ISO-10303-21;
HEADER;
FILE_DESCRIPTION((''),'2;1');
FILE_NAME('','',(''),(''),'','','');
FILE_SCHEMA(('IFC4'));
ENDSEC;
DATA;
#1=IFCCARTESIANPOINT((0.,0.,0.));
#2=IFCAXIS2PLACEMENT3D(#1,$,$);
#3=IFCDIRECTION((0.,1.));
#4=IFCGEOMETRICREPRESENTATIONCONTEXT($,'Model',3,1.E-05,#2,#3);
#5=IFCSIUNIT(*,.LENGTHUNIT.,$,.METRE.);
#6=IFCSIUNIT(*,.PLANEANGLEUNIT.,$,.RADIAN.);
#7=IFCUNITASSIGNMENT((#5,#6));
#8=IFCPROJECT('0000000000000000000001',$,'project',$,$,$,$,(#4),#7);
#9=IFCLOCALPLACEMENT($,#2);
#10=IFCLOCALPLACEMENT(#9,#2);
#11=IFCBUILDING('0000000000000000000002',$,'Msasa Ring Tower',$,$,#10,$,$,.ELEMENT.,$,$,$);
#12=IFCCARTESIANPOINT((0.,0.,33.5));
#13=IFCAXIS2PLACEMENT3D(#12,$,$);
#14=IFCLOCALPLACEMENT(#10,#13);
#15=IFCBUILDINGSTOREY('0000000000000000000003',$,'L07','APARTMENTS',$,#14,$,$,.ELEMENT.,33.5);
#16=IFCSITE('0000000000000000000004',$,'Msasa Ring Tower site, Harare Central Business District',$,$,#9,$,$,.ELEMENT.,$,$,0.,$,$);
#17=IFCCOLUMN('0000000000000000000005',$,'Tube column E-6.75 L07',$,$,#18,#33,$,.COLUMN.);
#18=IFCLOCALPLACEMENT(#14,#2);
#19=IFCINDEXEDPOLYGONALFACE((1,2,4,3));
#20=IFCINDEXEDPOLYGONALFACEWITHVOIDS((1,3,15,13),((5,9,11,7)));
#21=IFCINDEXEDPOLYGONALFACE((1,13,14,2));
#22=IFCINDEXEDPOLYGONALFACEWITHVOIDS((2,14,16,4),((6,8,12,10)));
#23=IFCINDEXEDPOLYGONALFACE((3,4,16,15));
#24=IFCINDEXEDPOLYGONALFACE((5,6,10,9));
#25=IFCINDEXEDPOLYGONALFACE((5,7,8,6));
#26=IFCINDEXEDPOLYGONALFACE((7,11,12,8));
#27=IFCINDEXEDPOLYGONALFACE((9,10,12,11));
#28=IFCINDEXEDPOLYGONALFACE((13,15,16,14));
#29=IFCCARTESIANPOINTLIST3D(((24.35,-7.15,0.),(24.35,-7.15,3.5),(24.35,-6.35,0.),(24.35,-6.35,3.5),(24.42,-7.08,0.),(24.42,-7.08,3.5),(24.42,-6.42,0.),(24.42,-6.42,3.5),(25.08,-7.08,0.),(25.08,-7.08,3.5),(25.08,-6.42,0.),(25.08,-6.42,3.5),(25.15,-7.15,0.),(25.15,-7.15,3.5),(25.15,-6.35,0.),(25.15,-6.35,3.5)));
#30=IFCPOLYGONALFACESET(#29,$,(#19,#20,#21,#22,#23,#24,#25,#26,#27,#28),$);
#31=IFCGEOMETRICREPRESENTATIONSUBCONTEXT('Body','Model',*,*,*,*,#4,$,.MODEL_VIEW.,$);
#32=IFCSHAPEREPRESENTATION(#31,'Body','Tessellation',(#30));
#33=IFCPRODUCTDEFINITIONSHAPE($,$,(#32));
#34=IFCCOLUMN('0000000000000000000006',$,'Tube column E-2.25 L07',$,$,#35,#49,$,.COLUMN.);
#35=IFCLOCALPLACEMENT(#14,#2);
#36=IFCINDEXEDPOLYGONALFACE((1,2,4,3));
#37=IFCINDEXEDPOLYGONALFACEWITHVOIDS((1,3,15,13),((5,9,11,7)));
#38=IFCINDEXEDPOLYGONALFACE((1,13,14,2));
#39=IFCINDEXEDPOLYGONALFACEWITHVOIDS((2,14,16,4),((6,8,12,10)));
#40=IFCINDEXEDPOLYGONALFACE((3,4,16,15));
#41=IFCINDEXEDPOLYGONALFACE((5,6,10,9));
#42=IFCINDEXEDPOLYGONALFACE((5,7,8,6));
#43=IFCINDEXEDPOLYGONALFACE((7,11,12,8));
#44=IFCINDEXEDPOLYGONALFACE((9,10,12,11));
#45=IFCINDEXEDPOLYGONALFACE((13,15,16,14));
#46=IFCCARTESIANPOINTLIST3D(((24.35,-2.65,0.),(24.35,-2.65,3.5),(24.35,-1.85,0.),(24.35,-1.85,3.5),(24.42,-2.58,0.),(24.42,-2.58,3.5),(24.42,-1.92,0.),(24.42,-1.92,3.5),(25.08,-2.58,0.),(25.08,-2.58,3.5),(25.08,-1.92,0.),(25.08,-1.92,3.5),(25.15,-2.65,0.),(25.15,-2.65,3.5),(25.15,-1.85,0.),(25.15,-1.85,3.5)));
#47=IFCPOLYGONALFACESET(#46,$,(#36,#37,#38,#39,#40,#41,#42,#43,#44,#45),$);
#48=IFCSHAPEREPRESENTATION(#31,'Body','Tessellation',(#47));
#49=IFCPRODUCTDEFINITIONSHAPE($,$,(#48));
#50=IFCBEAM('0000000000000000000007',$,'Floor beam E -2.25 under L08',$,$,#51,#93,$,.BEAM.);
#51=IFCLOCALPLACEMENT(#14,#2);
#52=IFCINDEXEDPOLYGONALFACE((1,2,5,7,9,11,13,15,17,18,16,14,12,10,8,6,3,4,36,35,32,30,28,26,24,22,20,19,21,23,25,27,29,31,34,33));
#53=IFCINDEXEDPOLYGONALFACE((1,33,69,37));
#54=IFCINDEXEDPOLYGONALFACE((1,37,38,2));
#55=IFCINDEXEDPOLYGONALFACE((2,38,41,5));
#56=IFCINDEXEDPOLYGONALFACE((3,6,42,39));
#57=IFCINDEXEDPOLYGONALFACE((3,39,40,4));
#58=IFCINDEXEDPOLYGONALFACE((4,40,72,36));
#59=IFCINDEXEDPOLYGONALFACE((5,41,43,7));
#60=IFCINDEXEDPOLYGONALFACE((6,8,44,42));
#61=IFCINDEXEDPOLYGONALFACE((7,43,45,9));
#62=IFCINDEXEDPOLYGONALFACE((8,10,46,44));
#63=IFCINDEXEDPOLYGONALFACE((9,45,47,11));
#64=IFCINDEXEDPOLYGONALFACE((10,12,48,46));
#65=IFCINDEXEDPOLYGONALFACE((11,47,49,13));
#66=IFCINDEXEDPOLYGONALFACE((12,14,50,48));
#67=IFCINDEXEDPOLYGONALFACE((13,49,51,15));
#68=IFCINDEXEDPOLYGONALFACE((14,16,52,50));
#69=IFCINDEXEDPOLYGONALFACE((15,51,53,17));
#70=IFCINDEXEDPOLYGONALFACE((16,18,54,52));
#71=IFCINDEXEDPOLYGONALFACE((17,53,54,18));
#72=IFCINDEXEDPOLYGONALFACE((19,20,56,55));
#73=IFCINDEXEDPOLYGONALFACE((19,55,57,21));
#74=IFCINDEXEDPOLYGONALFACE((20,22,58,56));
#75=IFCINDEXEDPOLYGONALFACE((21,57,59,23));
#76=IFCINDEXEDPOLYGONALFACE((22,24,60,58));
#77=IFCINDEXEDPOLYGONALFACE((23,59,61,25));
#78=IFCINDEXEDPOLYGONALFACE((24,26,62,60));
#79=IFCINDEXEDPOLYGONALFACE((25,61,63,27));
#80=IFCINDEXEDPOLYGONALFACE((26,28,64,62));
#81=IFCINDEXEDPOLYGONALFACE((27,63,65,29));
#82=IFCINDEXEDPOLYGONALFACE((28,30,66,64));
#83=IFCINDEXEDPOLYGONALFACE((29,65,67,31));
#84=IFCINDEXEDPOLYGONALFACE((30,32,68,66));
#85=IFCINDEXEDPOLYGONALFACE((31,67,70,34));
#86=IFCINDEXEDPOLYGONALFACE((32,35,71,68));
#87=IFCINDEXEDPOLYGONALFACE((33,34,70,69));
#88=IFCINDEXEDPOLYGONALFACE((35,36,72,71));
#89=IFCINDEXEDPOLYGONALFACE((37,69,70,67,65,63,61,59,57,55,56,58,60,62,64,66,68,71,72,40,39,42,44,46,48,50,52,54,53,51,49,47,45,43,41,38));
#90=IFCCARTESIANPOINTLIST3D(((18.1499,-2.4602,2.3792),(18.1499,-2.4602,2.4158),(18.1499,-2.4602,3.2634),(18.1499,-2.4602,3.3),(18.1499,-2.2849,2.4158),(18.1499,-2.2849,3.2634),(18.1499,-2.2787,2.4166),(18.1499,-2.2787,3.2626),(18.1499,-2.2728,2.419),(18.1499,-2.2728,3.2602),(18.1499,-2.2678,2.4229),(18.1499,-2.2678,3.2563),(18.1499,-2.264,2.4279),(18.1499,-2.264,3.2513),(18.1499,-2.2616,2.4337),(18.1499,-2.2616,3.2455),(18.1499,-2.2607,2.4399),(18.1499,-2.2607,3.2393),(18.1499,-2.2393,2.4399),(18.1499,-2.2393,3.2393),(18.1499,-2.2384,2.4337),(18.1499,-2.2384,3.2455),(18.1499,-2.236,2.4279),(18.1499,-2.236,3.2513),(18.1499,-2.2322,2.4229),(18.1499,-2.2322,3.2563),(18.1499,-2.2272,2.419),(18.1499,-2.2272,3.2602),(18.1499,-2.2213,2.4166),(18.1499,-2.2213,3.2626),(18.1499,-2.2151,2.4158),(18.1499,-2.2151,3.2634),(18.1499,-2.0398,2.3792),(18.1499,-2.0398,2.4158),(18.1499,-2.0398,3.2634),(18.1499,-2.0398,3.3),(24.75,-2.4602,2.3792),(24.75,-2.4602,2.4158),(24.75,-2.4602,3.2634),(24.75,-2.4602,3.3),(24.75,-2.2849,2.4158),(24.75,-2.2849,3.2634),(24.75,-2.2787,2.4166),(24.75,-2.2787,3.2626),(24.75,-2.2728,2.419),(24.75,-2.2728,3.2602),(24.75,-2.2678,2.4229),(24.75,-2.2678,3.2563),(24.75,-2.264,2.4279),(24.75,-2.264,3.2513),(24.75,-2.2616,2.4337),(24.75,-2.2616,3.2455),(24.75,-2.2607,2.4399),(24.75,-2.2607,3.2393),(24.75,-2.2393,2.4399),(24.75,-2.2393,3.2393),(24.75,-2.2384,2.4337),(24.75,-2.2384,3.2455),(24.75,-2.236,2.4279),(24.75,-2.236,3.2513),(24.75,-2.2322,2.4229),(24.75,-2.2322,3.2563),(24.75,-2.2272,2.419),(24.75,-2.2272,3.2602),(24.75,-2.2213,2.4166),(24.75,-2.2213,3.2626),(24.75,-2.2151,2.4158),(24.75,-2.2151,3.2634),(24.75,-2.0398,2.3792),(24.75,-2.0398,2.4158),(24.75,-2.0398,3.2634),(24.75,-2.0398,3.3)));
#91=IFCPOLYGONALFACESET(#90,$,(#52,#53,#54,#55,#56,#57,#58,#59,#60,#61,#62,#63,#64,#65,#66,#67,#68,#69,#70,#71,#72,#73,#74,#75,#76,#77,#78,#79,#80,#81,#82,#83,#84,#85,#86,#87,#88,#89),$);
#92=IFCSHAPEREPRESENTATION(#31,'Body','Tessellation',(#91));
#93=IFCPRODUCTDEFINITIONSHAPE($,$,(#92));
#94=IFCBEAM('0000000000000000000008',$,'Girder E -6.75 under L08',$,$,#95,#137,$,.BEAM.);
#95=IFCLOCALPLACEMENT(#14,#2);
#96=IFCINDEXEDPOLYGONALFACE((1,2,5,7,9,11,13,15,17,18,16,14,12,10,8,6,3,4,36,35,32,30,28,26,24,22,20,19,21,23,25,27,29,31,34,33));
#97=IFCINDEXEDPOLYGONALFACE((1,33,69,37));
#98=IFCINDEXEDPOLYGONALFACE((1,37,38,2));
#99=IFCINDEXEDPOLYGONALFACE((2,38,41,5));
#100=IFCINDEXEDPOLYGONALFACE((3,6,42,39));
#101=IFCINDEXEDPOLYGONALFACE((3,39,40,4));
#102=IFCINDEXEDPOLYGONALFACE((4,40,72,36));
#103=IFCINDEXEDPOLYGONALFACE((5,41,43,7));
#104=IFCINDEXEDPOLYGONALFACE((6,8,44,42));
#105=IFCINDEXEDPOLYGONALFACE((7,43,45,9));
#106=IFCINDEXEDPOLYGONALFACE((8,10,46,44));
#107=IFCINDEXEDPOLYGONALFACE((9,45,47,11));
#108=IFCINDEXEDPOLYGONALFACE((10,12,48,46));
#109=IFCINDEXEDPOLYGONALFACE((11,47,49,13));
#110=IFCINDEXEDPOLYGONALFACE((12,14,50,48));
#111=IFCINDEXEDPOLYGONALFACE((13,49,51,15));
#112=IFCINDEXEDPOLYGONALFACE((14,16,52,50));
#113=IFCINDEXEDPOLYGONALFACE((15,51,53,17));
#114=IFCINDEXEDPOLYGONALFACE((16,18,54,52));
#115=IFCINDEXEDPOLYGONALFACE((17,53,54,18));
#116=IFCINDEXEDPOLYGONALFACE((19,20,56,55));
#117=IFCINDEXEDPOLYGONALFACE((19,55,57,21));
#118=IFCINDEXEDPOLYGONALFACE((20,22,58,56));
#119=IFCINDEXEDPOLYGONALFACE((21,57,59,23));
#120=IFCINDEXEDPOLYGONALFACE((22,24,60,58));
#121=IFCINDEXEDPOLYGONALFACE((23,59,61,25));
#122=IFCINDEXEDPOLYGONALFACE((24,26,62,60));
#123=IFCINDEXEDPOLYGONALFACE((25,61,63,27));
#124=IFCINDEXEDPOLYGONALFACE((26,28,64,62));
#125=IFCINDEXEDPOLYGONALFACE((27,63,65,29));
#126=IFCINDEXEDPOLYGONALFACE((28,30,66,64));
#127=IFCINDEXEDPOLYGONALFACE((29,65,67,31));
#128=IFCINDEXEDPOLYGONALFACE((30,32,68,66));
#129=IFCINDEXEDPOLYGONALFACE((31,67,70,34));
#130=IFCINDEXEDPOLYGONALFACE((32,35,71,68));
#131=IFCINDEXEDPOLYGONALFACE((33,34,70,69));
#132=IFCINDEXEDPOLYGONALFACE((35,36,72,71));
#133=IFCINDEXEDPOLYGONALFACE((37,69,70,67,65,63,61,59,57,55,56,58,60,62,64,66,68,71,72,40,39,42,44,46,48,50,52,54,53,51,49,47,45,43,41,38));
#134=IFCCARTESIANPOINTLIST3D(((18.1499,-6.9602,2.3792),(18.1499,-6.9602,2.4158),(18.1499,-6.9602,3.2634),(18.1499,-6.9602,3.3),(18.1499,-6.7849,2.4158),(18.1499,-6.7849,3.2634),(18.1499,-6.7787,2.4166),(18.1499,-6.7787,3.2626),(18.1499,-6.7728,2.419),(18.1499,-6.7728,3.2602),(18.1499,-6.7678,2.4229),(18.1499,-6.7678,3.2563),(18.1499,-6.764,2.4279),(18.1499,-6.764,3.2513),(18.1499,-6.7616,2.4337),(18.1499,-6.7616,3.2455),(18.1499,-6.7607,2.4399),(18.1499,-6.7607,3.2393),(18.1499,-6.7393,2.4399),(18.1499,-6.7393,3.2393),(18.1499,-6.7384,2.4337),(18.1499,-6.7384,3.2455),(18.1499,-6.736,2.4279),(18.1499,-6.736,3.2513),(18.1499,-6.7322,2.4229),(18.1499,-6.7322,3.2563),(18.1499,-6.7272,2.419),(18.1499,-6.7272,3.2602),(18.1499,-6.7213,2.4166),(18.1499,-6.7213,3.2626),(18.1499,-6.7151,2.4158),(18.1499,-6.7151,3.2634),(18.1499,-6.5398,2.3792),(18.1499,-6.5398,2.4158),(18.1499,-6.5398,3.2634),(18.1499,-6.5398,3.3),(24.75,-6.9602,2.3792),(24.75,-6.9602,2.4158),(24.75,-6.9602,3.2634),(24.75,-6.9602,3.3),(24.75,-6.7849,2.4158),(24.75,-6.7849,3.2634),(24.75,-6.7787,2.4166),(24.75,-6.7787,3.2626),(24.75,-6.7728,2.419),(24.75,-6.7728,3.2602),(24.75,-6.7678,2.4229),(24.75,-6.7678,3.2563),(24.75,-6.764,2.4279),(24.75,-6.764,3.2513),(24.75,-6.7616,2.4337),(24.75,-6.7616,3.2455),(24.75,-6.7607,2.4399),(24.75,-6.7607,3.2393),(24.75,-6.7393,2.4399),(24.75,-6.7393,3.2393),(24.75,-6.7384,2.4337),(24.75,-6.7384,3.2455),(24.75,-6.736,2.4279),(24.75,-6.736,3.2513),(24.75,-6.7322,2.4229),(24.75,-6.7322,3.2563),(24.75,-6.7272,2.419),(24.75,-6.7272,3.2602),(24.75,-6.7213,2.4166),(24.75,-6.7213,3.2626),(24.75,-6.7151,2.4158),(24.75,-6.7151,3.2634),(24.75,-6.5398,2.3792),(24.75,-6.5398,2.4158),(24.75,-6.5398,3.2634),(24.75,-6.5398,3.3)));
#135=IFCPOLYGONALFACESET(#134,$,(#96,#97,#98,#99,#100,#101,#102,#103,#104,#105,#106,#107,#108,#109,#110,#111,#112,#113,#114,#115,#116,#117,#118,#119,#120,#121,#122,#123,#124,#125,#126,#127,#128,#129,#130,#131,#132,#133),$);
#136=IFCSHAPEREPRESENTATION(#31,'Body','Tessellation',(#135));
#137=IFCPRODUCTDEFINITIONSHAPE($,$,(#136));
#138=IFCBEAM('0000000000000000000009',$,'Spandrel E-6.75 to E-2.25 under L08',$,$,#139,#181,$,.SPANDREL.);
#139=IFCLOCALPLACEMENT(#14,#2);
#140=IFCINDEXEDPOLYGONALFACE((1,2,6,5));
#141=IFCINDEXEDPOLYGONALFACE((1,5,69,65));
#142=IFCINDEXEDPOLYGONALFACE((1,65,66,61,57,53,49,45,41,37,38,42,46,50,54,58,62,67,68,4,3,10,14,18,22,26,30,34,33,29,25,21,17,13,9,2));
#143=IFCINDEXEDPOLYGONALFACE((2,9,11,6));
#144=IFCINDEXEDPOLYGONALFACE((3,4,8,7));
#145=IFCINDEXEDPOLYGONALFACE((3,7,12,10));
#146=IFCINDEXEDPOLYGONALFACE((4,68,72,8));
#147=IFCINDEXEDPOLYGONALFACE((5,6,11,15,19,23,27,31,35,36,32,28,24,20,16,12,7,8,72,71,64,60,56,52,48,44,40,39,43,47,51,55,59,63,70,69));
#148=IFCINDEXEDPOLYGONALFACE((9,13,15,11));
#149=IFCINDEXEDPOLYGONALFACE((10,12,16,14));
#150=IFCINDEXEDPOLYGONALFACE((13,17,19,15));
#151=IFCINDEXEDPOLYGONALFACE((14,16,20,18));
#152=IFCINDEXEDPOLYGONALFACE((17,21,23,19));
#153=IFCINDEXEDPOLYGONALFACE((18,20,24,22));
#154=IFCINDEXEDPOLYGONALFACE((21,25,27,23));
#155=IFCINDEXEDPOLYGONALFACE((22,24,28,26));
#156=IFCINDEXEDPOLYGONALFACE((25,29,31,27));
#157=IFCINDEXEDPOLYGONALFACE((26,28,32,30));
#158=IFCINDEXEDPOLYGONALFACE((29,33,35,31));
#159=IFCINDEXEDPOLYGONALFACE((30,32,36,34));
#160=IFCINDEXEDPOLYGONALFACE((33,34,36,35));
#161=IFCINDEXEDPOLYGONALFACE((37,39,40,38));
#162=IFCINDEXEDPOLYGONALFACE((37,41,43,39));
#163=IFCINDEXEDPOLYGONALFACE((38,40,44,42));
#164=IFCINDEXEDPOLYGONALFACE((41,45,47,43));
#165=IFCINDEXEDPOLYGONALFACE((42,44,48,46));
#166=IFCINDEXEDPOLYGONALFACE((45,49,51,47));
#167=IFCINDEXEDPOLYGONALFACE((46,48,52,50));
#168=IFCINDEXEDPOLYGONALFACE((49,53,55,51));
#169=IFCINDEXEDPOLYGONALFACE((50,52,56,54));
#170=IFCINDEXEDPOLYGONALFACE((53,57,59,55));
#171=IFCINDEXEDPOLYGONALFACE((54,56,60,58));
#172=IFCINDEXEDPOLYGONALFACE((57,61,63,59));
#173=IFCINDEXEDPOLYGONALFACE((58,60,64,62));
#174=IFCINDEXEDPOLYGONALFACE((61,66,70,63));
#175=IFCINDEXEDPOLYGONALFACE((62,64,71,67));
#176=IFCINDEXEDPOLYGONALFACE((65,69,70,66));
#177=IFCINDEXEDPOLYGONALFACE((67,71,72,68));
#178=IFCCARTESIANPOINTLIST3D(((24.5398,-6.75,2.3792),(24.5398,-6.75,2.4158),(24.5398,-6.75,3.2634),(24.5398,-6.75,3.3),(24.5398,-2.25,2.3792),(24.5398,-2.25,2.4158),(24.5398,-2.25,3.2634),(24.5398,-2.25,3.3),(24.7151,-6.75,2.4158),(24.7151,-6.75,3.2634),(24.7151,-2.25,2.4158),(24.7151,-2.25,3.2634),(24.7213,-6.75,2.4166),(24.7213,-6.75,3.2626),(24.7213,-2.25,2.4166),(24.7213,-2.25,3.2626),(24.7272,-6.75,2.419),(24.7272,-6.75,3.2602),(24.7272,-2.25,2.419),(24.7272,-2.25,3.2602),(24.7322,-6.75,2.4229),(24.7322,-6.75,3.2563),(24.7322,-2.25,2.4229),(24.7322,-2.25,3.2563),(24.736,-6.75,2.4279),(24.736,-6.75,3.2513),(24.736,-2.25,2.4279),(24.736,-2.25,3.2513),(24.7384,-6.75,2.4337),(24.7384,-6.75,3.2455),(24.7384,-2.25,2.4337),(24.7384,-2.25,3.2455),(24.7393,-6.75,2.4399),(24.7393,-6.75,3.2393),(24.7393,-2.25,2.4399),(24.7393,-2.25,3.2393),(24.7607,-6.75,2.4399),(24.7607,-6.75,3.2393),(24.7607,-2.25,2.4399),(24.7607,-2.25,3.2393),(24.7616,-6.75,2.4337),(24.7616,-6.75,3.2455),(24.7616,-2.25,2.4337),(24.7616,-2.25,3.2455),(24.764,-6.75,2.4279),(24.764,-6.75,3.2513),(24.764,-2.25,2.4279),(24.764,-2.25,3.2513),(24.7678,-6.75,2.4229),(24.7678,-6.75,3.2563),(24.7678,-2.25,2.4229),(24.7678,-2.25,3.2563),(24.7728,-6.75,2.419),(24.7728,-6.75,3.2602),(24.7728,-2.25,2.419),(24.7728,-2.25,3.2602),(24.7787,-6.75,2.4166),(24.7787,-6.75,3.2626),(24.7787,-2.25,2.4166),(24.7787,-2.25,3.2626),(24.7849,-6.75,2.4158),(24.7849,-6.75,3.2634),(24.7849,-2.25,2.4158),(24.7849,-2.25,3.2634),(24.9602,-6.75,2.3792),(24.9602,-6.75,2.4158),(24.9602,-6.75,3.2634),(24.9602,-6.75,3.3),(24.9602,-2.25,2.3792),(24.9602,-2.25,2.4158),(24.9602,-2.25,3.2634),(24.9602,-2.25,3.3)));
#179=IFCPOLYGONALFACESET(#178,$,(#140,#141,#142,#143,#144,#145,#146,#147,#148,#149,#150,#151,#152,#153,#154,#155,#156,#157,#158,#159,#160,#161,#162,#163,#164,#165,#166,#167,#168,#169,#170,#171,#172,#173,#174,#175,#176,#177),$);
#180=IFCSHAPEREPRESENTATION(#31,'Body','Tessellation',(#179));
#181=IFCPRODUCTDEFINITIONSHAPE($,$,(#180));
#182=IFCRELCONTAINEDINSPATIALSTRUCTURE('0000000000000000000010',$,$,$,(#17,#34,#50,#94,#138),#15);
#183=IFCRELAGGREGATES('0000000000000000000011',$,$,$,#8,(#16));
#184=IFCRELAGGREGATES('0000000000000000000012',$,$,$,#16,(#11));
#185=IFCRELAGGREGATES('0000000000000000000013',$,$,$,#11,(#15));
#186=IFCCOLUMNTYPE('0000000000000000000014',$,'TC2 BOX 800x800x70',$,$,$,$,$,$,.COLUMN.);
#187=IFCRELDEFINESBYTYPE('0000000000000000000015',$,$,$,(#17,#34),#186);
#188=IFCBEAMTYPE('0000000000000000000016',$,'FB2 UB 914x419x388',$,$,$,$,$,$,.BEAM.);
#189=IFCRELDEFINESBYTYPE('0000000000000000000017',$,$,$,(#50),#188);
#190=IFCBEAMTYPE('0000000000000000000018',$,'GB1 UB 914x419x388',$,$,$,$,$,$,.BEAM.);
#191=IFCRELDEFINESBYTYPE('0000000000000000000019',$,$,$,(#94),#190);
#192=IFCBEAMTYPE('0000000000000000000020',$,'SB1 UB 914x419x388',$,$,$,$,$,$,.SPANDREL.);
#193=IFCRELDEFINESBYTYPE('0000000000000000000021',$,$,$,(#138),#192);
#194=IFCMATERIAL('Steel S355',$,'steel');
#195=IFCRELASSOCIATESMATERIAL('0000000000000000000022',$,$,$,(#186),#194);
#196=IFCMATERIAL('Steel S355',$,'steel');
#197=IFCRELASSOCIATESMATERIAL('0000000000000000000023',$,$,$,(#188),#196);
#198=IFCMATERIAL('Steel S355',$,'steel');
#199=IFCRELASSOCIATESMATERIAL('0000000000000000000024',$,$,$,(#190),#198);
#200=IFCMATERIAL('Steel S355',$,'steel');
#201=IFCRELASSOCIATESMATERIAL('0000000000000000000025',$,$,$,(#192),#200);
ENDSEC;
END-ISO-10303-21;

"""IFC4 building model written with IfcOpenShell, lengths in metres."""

from ifc_helpers import new_model, si_unit, direction, frame, origin, origin_2d, place, context, subcontext, project, spatial, hollow_rectangle, i_section, extrude, material, material_profile, profile_set, type_object, element, save


model = new_model("IFC4")

# Units and contexts
model_context = context("Model", 3, precision=1e-05, world=origin(), true_north=direction((0.0, 1.0)))
body_context = subcontext(model_context, "Body", "Model", "MODEL_VIEW")
ifc_project = project(units=[si_unit("LENGTHUNIT", "METRE"), si_unit("PLANEANGLEUNIT", "RADIAN")], contexts=[model_context])

# Site, building, storey
site_placement = place(None, origin())
site = spatial("IfcSite", under=ifc_project, at=site_placement, Name="Msasa Ring Tower site, Harare Central Business District", CompositionType="ELEMENT", RefElevation=0.0)
building_placement = place(site_placement, origin())
building = spatial("IfcBuilding", under=site, at=building_placement, Name="Msasa Ring Tower", CompositionType="ELEMENT")
storey_placement = place(building_placement, frame((0.0, 0.0, 33.5)))
storey = spatial("IfcBuildingStorey", under=building, at=storey_placement, Name="L07", Description="APARTMENTS", CompositionType="ELEMENT", Elevation=33.5)

# Columns
ifc_material_1 = material(Name="Steel S355", Category="steel")
ifc_material_profile_1 = material_profile(ifc_material_1, hollow_rectangle(XDim=0.8, YDim=0.8, WallThickness=0.0701, at=origin_2d()), Name="BOX 800x800x70")
ifc_profile_set_1 = profile_set([ifc_material_profile_1], Name="Steel S355")
column_type = type_object("IfcColumnType", Name="TC2 BOX 800x800x70", PredefinedType="COLUMN", material=ifc_profile_set_1)
for number, where, z_axis, x_axis, name in (
    (1, (24.75, -6.75, 0.0), (0.0, 0.0, 1.0), (1.0, 0.0, 0.0), "Tube column E-6.75 L07"),
    (2, (24.75, -2.25, 0.0), (0.0, 0.0, 1.0), (1.0, 0.0, 0.0), "Tube column E-2.25 L07"),
):
    element("IfcColumn", number, at=place(storey_placement, frame(where, z_axis=z_axis, x_axis=x_axis)), inside=storey, type_object=column_type, Name=name, PredefinedType="COLUMN", context=body_context, shape_type="SweptSolid", body=[
        extrude(hollow_rectangle(XDim=0.8, YDim=0.8, WallThickness=0.0701, at=origin_2d()), origin(), (0.0, 0.0, 1.0), 3.5),
    ])

# Beams
ifc_material_2 = material(Name="Steel S355", Category="steel")
ifc_material_profile_2 = material_profile(ifc_material_2, i_section(OverallWidth=0.4204, OverallDepth=0.9209, WebThickness=0.0215, FlangeThickness=0.0366, FilletRadius=0.0242, at=origin_2d()), Name="UB 914x419x388")
ifc_profile_set_2 = profile_set([ifc_material_profile_2], Name="Steel S355")
beam_type_1 = type_object("IfcBeamType", Name="FB2 UB 914x419x388", PredefinedType="BEAM", material=ifc_profile_set_2)
beam_1_placement = place(storey_placement, frame((24.75, -2.25, 2.8396), z_axis=(-1.0, 0.0, 0.0), x_axis=(0.0, -1.0, 0.0)))
element("IfcBeam", 3, at=beam_1_placement, inside=storey, type_object=beam_type_1, Name="Floor beam E -2.25 under L08", PredefinedType="BEAM", context=body_context, shape_type="SweptSolid", body=[
    extrude(i_section(OverallWidth=0.4204, OverallDepth=0.9209, WebThickness=0.0215, FlangeThickness=0.0366, FilletRadius=0.0242, at=origin_2d()), origin(), (0.0, 0.0, 1.0), 6.6001),
])
ifc_material_3 = material(Name="Steel S355", Category="steel")
ifc_material_profile_3 = material_profile(ifc_material_3, i_section(OverallWidth=0.4204, OverallDepth=0.9209, WebThickness=0.0215, FlangeThickness=0.0366, FilletRadius=0.0242, at=origin_2d()), Name="UB 914x419x388")
ifc_profile_set_3 = profile_set([ifc_material_profile_3], Name="Steel S355")
beam_type_2 = type_object("IfcBeamType", Name="GB1 UB 914x419x388", PredefinedType="BEAM", material=ifc_profile_set_3)
beam_2_placement = place(storey_placement, frame((18.1499, -6.75, 2.8396), z_axis=(1.0, 0.0, 0.0), x_axis=(0.0, 1.0, 0.0)))
element("IfcBeam", 4, at=beam_2_placement, inside=storey, type_object=beam_type_2, Name="Girder E -6.75 under L08", PredefinedType="BEAM", context=body_context, shape_type="SweptSolid", body=[
    extrude(i_section(OverallWidth=0.4204, OverallDepth=0.9209, WebThickness=0.0215, FlangeThickness=0.0366, FilletRadius=0.0242, at=origin_2d()), origin(), (0.0, 0.0, 1.0), 6.6001),
])
ifc_material_4 = material(Name="Steel S355", Category="steel")
ifc_material_profile_4 = material_profile(ifc_material_4, i_section(OverallWidth=0.4204, OverallDepth=0.9209, WebThickness=0.0215, FlangeThickness=0.0366, FilletRadius=0.0242, at=origin_2d()), Name="UB 914x419x388")
ifc_profile_set_4 = profile_set([ifc_material_profile_4], Name="Steel S355")
beam_type_3 = type_object("IfcBeamType", Name="SB1 UB 914x419x388", PredefinedType="SPANDREL", material=ifc_profile_set_4)
for number, where, z_axis, x_axis, name in (
    (5, (24.75, -6.75, 2.8396), (0.0, 1.0, 0.0), (-1.0, 0.0, 0.0), "Spandrel E-6.75 to E-2.25 under L08"),
):
    element("IfcBeam", number, at=place(storey_placement, frame(where, z_axis=z_axis, x_axis=x_axis)), inside=storey, type_object=beam_type_3, Name=name, PredefinedType="SPANDREL", context=body_context, shape_type="SweptSolid", body=[
        extrude(i_section(OverallWidth=0.4204, OverallDepth=0.9209, WebThickness=0.0215, FlangeThickness=0.0366, FilletRadius=0.0242, at=origin_2d()), origin(), (0.0, 0.0, 1.0), 4.5),
    ])

save(model, "model.ifc")
